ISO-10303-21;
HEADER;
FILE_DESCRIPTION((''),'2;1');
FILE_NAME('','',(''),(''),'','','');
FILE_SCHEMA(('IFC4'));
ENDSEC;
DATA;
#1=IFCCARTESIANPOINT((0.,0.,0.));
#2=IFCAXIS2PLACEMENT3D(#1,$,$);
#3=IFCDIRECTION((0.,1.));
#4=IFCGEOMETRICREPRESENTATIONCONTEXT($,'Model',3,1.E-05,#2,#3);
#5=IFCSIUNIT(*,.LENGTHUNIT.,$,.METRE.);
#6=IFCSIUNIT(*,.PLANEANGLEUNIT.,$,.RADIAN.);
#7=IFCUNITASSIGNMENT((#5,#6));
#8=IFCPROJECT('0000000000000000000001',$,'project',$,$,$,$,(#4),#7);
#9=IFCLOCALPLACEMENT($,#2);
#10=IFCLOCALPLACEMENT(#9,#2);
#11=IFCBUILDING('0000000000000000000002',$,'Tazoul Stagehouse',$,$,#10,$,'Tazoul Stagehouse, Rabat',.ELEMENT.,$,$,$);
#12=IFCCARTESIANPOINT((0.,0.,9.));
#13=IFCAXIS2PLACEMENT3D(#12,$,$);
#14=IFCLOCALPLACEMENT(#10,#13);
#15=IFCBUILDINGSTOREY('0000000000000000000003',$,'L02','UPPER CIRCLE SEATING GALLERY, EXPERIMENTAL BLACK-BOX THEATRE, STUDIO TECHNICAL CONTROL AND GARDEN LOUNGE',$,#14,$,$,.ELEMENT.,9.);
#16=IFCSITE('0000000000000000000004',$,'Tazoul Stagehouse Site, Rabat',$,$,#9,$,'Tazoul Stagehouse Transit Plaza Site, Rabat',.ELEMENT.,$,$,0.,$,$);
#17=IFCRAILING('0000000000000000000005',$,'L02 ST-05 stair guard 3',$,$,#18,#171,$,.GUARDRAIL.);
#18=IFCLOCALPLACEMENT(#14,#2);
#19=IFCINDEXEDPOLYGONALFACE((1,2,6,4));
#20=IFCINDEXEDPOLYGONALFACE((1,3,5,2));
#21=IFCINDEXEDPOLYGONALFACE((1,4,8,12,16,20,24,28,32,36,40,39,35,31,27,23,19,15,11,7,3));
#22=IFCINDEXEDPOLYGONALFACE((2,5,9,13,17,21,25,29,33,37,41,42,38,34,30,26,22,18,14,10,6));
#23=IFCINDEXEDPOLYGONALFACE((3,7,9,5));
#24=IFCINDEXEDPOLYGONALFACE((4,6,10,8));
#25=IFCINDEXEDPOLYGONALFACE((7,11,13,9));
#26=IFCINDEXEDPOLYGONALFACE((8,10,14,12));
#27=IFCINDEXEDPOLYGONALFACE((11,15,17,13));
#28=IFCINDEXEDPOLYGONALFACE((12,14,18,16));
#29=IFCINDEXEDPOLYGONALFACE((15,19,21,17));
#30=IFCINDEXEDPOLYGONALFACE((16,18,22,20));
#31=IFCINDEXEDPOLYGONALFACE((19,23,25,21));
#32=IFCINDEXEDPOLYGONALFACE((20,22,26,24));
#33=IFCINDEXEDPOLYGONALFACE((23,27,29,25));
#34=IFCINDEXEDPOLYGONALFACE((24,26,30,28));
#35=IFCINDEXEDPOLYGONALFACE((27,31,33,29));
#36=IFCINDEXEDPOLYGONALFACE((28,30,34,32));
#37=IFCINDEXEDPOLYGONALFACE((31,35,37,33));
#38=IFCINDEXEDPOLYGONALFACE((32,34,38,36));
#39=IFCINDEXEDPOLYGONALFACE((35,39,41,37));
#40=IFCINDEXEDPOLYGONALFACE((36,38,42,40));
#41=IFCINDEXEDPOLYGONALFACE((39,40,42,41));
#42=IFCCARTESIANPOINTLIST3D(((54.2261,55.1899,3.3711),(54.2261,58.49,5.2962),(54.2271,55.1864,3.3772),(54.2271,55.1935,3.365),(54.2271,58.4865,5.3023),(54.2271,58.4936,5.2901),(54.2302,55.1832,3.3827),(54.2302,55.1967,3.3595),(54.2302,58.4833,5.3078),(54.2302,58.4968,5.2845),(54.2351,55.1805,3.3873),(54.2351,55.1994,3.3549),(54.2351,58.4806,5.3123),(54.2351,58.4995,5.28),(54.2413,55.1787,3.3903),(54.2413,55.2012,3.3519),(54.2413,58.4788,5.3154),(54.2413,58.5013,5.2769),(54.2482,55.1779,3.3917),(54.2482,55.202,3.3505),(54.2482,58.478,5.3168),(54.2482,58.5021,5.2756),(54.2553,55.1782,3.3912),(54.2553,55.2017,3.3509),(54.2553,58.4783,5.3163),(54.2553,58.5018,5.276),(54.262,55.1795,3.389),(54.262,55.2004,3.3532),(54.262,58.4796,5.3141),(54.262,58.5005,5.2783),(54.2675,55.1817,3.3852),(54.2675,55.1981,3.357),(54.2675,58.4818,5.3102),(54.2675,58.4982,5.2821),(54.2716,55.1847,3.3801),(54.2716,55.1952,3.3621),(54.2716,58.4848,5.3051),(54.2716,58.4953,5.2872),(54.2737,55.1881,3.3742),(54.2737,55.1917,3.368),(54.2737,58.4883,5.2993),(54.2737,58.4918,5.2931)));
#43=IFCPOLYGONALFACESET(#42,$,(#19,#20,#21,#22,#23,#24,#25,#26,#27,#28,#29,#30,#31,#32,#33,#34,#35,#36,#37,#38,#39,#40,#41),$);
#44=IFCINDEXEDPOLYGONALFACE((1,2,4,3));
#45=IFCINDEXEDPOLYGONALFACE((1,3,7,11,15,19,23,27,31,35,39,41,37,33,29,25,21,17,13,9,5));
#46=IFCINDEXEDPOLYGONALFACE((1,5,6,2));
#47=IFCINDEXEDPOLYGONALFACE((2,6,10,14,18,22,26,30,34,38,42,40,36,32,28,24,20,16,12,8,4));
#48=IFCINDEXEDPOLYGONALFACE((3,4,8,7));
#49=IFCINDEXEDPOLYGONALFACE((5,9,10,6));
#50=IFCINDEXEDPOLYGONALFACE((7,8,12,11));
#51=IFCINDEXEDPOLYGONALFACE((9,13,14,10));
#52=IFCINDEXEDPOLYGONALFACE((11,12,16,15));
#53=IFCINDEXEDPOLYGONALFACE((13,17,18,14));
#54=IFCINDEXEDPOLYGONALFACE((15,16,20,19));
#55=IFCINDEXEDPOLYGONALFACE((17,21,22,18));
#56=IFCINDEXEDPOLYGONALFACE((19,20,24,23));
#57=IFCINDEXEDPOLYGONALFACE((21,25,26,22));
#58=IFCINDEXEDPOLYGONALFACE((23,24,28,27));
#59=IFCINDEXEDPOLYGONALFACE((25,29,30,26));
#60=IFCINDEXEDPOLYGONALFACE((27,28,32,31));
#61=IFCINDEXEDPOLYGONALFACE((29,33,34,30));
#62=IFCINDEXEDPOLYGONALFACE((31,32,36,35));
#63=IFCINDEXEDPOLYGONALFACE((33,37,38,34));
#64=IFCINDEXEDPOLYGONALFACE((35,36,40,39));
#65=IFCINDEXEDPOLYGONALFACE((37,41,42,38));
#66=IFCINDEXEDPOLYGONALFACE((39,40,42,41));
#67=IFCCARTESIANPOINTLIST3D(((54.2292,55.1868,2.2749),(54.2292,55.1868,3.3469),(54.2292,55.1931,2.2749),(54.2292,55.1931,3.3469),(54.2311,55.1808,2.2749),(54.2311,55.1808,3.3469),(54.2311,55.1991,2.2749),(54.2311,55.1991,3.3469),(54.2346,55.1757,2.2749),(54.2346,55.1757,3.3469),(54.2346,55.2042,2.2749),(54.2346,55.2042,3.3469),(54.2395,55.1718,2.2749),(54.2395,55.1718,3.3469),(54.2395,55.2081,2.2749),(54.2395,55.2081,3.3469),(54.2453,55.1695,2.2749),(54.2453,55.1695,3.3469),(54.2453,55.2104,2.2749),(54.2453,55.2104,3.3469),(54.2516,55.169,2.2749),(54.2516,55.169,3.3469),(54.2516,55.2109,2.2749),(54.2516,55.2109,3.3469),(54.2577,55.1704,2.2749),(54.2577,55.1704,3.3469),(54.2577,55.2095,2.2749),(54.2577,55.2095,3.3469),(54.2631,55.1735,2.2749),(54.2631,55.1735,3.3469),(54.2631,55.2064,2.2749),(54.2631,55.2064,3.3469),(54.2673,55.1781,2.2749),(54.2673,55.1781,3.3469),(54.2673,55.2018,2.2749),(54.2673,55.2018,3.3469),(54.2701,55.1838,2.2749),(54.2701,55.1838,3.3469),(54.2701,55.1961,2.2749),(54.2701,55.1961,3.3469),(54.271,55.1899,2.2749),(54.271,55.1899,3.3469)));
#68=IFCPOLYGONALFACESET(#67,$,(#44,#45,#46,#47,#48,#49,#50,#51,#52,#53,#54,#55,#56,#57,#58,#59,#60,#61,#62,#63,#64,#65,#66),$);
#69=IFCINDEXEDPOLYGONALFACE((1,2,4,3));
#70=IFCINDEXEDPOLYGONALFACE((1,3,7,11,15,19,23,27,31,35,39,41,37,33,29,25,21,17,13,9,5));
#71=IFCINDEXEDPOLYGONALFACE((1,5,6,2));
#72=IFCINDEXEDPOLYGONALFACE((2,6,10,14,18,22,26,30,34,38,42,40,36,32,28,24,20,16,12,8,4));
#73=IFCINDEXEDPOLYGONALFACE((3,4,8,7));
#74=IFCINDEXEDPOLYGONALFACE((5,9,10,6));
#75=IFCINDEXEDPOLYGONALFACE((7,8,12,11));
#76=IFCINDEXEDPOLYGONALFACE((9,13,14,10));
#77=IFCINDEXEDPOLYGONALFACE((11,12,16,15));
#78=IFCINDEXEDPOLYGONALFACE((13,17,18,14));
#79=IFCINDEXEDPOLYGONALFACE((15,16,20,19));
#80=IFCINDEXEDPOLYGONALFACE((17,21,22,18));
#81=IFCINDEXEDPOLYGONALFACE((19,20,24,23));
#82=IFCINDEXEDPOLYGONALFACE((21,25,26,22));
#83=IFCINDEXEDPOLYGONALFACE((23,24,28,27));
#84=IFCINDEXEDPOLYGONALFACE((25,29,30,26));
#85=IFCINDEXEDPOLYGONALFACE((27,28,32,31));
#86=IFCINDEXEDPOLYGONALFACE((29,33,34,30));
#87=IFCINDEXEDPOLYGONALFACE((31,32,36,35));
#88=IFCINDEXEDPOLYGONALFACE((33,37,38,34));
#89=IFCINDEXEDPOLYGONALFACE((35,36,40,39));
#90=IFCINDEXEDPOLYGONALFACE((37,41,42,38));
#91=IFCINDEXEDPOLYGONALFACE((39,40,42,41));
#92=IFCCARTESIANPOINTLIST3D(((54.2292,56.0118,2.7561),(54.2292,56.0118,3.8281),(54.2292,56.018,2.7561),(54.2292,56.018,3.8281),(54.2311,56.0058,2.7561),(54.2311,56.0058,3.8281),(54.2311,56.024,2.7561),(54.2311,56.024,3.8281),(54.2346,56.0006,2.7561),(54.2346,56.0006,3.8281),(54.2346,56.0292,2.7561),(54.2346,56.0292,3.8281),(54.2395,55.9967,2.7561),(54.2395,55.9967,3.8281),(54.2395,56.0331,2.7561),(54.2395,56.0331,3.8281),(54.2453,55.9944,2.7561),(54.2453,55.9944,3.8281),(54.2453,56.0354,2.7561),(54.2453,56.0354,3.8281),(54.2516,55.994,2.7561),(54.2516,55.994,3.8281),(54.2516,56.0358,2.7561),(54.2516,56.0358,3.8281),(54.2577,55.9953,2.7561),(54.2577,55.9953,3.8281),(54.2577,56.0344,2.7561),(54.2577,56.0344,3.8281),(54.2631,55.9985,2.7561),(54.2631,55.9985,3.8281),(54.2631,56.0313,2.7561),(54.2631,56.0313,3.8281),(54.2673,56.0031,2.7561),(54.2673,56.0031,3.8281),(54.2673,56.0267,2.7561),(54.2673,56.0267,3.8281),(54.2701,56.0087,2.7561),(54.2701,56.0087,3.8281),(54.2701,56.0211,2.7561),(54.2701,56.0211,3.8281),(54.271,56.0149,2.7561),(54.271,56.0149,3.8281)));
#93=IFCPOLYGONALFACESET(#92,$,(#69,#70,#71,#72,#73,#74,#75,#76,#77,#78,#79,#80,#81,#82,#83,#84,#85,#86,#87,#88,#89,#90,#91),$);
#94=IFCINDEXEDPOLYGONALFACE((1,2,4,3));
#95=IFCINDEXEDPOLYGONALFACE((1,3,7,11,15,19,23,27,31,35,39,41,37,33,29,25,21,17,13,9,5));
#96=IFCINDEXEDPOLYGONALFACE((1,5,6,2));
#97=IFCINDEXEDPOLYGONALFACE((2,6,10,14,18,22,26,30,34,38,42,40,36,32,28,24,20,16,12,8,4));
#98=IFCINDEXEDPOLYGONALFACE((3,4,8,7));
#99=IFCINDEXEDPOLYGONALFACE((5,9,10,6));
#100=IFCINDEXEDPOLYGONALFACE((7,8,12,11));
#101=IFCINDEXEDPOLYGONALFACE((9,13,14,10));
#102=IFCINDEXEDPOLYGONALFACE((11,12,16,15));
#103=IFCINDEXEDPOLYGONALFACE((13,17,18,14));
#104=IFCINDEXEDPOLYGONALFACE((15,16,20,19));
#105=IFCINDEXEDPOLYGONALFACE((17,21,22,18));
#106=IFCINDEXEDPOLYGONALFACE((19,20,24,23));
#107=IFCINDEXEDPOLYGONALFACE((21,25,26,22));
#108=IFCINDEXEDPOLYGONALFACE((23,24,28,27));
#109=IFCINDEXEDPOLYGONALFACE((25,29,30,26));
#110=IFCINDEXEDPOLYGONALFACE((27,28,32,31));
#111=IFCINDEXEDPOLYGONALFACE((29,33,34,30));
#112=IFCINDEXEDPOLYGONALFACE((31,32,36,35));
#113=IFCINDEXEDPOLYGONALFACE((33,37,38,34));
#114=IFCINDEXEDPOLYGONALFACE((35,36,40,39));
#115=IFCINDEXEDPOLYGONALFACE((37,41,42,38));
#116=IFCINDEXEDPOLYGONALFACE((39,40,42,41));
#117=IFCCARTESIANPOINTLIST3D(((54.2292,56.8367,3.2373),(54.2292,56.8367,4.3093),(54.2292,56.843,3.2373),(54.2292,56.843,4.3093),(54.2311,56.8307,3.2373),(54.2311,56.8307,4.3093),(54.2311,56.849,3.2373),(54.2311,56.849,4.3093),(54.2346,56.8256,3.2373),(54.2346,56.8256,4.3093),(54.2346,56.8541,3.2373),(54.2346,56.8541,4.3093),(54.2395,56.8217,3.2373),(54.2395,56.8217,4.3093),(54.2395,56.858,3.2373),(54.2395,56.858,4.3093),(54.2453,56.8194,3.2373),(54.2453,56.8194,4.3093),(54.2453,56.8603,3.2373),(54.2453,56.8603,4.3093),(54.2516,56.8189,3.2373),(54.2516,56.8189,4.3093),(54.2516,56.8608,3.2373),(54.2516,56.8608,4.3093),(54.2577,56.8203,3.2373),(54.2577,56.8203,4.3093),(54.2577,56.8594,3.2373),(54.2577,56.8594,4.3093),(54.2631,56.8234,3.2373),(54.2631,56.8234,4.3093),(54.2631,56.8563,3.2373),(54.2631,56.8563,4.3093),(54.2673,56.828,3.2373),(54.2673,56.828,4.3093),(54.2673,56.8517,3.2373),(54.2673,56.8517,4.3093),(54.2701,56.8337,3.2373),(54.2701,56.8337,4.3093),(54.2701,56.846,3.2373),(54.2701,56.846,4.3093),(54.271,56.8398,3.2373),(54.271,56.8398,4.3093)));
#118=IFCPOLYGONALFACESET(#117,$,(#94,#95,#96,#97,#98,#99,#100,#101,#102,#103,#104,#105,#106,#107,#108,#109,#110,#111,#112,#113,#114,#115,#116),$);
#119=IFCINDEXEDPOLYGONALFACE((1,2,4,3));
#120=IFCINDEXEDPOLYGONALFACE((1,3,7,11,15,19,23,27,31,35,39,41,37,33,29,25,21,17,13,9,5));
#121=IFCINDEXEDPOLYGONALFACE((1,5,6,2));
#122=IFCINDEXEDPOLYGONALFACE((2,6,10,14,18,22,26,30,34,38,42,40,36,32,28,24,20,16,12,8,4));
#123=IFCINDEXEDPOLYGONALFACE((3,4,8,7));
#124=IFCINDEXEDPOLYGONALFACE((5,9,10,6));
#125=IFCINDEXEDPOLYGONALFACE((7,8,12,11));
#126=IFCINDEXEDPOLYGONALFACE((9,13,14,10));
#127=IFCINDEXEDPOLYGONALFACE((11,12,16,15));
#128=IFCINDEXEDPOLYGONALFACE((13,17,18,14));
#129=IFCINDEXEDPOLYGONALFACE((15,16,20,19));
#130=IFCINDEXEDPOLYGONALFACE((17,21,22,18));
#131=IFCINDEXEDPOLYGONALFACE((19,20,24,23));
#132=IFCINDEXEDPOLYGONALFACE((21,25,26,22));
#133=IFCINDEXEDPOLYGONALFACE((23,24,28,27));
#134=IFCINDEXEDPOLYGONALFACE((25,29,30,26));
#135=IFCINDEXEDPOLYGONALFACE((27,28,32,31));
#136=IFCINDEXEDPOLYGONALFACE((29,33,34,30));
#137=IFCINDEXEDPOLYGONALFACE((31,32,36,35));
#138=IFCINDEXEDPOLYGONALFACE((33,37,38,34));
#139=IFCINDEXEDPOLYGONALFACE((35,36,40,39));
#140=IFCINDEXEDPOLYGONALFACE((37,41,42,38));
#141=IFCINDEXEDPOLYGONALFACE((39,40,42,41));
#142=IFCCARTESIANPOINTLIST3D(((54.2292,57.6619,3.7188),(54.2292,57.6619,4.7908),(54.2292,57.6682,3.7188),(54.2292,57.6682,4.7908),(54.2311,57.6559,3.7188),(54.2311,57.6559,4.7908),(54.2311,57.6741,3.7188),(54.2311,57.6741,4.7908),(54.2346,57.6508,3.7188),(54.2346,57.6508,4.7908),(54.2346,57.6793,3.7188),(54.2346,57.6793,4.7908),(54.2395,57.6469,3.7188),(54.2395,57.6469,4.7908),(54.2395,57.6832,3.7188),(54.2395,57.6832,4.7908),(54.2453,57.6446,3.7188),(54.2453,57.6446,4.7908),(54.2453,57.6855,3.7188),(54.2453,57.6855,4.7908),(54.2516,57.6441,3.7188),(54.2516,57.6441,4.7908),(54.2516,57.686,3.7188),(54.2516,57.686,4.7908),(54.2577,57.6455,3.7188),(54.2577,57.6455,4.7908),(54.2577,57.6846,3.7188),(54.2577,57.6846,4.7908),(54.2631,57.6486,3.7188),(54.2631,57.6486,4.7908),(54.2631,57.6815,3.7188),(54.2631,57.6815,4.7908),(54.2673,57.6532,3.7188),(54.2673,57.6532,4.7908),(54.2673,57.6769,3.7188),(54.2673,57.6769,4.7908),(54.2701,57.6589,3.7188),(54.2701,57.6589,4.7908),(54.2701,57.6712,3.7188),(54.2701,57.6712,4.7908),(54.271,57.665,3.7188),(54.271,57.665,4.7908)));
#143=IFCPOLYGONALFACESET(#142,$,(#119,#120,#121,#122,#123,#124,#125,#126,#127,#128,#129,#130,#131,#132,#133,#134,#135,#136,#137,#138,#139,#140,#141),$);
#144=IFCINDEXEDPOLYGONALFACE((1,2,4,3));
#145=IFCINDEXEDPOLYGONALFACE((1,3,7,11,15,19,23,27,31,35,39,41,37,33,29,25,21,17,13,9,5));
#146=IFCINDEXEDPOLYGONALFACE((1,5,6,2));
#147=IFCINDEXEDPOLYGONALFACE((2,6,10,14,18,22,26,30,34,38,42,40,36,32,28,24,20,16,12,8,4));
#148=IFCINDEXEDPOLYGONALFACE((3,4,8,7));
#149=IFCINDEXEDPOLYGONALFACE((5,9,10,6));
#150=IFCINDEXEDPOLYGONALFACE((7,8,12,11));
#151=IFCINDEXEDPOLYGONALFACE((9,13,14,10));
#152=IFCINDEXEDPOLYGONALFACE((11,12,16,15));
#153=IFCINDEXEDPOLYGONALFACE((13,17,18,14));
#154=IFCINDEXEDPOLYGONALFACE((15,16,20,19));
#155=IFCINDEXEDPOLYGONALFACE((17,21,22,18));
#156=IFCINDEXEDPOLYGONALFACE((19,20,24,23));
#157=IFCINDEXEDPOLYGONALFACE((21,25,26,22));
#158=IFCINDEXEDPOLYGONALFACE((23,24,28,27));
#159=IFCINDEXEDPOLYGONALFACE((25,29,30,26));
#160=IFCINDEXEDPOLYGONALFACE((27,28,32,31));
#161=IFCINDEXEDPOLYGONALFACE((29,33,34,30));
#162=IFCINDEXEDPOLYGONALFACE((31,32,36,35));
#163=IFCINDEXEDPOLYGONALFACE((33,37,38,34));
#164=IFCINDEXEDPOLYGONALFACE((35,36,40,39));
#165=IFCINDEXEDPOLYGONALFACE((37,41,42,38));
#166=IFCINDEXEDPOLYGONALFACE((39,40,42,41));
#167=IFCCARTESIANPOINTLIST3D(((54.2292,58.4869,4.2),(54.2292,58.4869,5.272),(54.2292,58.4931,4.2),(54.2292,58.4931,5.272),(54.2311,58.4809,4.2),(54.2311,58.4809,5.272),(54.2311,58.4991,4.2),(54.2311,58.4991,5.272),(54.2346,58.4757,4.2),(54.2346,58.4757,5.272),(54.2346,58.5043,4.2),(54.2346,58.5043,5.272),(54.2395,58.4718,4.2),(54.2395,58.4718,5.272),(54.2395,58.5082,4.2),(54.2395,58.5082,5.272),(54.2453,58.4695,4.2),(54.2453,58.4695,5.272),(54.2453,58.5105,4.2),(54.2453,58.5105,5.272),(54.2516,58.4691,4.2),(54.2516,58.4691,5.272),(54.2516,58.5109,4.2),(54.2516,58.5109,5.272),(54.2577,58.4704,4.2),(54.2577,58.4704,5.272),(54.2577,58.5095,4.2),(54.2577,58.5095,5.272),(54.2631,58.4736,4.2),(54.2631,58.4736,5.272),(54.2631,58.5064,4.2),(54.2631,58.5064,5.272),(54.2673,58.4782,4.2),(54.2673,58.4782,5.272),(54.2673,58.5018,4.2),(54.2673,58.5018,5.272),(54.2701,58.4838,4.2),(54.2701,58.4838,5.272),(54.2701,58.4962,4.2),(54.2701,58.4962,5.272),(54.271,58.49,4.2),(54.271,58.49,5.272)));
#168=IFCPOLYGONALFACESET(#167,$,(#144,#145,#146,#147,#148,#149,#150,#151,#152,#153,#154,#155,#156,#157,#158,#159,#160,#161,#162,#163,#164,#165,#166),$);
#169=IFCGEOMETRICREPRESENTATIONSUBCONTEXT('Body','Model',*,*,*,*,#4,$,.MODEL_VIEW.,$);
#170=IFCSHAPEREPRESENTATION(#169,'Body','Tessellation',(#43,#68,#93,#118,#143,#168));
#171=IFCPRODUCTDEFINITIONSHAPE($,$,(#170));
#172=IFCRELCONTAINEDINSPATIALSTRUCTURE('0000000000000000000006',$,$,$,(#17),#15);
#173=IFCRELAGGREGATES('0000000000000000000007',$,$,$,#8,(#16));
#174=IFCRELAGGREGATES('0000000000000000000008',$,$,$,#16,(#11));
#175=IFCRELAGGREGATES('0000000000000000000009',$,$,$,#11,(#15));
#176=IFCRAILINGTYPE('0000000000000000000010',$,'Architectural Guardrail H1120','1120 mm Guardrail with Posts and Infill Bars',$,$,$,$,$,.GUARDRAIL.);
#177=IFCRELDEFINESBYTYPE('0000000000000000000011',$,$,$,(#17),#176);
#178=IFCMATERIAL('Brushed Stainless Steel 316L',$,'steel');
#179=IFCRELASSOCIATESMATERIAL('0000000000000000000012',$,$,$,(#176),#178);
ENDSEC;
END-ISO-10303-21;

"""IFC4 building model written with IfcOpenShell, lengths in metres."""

from ifc_helpers import new_model, si_unit, direction, frame, origin, origin_2d, place, context, subcontext, project, spatial, circle, extrude, material, material_profile, profile_set, type_object, element, save


model = new_model("IFC4")

# Units and contexts
model_context = context("Model", 3, precision=1e-05, world=origin(), true_north=direction((0.0, 1.0)))
body_context = subcontext(model_context, "Body", "Model", "MODEL_VIEW")
ifc_project = project(units=[si_unit("LENGTHUNIT", "METRE"), si_unit("PLANEANGLEUNIT", "RADIAN")], contexts=[model_context])

# Site, building, storey
site_placement = place(None, origin())
site = spatial("IfcSite", under=ifc_project, at=site_placement, Name="Tazoul Stagehouse Site, Rabat", LongName="Tazoul Stagehouse Transit Plaza Site, Rabat", CompositionType="ELEMENT", RefElevation=0.0)
building_placement = place(site_placement, origin())
building = spatial("IfcBuilding", under=site, at=building_placement, Name="Tazoul Stagehouse", LongName="Tazoul Stagehouse, Rabat", CompositionType="ELEMENT")
storey_placement = place(building_placement, frame((0.0, 0.0, 9.0)))
storey = spatial("IfcBuildingStorey", under=building, at=storey_placement, Name="L02", Description="UPPER CIRCLE SEATING GALLERY, EXPERIMENTAL BLACK-BOX THEATRE, STUDIO TECHNICAL CONTROL AND GARDEN LOUNGE", CompositionType="ELEMENT", Elevation=9.0)

# Railing
ifc_material_1 = material(Name="Brushed Stainless Steel 316L", Category="steel")
ifc_material_profile_1 = material_profile(ifc_material_1, circle(Radius=0.0239, at=origin_2d()), Name="SS RAIL D48")
ifc_profile_set_1 = profile_set([ifc_material_profile_1], Name="Brushed Stainless Steel 316L")
railing_type_1 = type_object("IfcRailingType", Name="Architectural Guardrail H1120", Description="1120 mm Guardrail with Posts and Infill Bars", PredefinedType="GUARDRAIL", material=ifc_profile_set_1)
railing_1_placement = place(storey_placement, frame((54.25, 55.1899, 2.2749)))
element("IfcRailing", 1, at=railing_1_placement, inside=storey, type_object=railing_type_1, Name="L02 ST-05 stair guard 3", PredefinedType="GUARDRAIL", context=body_context, shape_type="SweptSolid", body=[
    extrude(circle(Radius=0.0239, at=origin_2d()), frame((0.0, 0.0, 1.0962), z_axis=(0.0, 0.863777, 0.503875), x_axis=(-1.0, 0.0, 0.0)), (0.0, 0.0, 1.0), 3.8206),
    extrude(circle(Radius=0.021, at=origin_2d()), origin(), (0.0, 0.0, 1.0), 1.072),
    extrude(circle(Radius=0.021, at=origin_2d()), frame((0.0, 0.825, 0.4812)), (0.0, 0.0, 1.0), 1.072),
    extrude(circle(Radius=0.021, at=origin_2d()), frame((0.0, 1.6499, 0.9624)), (0.0, 0.0, 1.0), 1.072),
    extrude(circle(Radius=0.021, at=origin_2d()), frame((0.0, 2.4751, 1.4438)), (0.0, 0.0, 1.0), 1.072),
    extrude(circle(Radius=0.021, at=origin_2d()), frame((0.0, 3.3, 1.925)), (0.0, 0.0, 1.0), 1.072),
])

save(model, "model.ifc")
